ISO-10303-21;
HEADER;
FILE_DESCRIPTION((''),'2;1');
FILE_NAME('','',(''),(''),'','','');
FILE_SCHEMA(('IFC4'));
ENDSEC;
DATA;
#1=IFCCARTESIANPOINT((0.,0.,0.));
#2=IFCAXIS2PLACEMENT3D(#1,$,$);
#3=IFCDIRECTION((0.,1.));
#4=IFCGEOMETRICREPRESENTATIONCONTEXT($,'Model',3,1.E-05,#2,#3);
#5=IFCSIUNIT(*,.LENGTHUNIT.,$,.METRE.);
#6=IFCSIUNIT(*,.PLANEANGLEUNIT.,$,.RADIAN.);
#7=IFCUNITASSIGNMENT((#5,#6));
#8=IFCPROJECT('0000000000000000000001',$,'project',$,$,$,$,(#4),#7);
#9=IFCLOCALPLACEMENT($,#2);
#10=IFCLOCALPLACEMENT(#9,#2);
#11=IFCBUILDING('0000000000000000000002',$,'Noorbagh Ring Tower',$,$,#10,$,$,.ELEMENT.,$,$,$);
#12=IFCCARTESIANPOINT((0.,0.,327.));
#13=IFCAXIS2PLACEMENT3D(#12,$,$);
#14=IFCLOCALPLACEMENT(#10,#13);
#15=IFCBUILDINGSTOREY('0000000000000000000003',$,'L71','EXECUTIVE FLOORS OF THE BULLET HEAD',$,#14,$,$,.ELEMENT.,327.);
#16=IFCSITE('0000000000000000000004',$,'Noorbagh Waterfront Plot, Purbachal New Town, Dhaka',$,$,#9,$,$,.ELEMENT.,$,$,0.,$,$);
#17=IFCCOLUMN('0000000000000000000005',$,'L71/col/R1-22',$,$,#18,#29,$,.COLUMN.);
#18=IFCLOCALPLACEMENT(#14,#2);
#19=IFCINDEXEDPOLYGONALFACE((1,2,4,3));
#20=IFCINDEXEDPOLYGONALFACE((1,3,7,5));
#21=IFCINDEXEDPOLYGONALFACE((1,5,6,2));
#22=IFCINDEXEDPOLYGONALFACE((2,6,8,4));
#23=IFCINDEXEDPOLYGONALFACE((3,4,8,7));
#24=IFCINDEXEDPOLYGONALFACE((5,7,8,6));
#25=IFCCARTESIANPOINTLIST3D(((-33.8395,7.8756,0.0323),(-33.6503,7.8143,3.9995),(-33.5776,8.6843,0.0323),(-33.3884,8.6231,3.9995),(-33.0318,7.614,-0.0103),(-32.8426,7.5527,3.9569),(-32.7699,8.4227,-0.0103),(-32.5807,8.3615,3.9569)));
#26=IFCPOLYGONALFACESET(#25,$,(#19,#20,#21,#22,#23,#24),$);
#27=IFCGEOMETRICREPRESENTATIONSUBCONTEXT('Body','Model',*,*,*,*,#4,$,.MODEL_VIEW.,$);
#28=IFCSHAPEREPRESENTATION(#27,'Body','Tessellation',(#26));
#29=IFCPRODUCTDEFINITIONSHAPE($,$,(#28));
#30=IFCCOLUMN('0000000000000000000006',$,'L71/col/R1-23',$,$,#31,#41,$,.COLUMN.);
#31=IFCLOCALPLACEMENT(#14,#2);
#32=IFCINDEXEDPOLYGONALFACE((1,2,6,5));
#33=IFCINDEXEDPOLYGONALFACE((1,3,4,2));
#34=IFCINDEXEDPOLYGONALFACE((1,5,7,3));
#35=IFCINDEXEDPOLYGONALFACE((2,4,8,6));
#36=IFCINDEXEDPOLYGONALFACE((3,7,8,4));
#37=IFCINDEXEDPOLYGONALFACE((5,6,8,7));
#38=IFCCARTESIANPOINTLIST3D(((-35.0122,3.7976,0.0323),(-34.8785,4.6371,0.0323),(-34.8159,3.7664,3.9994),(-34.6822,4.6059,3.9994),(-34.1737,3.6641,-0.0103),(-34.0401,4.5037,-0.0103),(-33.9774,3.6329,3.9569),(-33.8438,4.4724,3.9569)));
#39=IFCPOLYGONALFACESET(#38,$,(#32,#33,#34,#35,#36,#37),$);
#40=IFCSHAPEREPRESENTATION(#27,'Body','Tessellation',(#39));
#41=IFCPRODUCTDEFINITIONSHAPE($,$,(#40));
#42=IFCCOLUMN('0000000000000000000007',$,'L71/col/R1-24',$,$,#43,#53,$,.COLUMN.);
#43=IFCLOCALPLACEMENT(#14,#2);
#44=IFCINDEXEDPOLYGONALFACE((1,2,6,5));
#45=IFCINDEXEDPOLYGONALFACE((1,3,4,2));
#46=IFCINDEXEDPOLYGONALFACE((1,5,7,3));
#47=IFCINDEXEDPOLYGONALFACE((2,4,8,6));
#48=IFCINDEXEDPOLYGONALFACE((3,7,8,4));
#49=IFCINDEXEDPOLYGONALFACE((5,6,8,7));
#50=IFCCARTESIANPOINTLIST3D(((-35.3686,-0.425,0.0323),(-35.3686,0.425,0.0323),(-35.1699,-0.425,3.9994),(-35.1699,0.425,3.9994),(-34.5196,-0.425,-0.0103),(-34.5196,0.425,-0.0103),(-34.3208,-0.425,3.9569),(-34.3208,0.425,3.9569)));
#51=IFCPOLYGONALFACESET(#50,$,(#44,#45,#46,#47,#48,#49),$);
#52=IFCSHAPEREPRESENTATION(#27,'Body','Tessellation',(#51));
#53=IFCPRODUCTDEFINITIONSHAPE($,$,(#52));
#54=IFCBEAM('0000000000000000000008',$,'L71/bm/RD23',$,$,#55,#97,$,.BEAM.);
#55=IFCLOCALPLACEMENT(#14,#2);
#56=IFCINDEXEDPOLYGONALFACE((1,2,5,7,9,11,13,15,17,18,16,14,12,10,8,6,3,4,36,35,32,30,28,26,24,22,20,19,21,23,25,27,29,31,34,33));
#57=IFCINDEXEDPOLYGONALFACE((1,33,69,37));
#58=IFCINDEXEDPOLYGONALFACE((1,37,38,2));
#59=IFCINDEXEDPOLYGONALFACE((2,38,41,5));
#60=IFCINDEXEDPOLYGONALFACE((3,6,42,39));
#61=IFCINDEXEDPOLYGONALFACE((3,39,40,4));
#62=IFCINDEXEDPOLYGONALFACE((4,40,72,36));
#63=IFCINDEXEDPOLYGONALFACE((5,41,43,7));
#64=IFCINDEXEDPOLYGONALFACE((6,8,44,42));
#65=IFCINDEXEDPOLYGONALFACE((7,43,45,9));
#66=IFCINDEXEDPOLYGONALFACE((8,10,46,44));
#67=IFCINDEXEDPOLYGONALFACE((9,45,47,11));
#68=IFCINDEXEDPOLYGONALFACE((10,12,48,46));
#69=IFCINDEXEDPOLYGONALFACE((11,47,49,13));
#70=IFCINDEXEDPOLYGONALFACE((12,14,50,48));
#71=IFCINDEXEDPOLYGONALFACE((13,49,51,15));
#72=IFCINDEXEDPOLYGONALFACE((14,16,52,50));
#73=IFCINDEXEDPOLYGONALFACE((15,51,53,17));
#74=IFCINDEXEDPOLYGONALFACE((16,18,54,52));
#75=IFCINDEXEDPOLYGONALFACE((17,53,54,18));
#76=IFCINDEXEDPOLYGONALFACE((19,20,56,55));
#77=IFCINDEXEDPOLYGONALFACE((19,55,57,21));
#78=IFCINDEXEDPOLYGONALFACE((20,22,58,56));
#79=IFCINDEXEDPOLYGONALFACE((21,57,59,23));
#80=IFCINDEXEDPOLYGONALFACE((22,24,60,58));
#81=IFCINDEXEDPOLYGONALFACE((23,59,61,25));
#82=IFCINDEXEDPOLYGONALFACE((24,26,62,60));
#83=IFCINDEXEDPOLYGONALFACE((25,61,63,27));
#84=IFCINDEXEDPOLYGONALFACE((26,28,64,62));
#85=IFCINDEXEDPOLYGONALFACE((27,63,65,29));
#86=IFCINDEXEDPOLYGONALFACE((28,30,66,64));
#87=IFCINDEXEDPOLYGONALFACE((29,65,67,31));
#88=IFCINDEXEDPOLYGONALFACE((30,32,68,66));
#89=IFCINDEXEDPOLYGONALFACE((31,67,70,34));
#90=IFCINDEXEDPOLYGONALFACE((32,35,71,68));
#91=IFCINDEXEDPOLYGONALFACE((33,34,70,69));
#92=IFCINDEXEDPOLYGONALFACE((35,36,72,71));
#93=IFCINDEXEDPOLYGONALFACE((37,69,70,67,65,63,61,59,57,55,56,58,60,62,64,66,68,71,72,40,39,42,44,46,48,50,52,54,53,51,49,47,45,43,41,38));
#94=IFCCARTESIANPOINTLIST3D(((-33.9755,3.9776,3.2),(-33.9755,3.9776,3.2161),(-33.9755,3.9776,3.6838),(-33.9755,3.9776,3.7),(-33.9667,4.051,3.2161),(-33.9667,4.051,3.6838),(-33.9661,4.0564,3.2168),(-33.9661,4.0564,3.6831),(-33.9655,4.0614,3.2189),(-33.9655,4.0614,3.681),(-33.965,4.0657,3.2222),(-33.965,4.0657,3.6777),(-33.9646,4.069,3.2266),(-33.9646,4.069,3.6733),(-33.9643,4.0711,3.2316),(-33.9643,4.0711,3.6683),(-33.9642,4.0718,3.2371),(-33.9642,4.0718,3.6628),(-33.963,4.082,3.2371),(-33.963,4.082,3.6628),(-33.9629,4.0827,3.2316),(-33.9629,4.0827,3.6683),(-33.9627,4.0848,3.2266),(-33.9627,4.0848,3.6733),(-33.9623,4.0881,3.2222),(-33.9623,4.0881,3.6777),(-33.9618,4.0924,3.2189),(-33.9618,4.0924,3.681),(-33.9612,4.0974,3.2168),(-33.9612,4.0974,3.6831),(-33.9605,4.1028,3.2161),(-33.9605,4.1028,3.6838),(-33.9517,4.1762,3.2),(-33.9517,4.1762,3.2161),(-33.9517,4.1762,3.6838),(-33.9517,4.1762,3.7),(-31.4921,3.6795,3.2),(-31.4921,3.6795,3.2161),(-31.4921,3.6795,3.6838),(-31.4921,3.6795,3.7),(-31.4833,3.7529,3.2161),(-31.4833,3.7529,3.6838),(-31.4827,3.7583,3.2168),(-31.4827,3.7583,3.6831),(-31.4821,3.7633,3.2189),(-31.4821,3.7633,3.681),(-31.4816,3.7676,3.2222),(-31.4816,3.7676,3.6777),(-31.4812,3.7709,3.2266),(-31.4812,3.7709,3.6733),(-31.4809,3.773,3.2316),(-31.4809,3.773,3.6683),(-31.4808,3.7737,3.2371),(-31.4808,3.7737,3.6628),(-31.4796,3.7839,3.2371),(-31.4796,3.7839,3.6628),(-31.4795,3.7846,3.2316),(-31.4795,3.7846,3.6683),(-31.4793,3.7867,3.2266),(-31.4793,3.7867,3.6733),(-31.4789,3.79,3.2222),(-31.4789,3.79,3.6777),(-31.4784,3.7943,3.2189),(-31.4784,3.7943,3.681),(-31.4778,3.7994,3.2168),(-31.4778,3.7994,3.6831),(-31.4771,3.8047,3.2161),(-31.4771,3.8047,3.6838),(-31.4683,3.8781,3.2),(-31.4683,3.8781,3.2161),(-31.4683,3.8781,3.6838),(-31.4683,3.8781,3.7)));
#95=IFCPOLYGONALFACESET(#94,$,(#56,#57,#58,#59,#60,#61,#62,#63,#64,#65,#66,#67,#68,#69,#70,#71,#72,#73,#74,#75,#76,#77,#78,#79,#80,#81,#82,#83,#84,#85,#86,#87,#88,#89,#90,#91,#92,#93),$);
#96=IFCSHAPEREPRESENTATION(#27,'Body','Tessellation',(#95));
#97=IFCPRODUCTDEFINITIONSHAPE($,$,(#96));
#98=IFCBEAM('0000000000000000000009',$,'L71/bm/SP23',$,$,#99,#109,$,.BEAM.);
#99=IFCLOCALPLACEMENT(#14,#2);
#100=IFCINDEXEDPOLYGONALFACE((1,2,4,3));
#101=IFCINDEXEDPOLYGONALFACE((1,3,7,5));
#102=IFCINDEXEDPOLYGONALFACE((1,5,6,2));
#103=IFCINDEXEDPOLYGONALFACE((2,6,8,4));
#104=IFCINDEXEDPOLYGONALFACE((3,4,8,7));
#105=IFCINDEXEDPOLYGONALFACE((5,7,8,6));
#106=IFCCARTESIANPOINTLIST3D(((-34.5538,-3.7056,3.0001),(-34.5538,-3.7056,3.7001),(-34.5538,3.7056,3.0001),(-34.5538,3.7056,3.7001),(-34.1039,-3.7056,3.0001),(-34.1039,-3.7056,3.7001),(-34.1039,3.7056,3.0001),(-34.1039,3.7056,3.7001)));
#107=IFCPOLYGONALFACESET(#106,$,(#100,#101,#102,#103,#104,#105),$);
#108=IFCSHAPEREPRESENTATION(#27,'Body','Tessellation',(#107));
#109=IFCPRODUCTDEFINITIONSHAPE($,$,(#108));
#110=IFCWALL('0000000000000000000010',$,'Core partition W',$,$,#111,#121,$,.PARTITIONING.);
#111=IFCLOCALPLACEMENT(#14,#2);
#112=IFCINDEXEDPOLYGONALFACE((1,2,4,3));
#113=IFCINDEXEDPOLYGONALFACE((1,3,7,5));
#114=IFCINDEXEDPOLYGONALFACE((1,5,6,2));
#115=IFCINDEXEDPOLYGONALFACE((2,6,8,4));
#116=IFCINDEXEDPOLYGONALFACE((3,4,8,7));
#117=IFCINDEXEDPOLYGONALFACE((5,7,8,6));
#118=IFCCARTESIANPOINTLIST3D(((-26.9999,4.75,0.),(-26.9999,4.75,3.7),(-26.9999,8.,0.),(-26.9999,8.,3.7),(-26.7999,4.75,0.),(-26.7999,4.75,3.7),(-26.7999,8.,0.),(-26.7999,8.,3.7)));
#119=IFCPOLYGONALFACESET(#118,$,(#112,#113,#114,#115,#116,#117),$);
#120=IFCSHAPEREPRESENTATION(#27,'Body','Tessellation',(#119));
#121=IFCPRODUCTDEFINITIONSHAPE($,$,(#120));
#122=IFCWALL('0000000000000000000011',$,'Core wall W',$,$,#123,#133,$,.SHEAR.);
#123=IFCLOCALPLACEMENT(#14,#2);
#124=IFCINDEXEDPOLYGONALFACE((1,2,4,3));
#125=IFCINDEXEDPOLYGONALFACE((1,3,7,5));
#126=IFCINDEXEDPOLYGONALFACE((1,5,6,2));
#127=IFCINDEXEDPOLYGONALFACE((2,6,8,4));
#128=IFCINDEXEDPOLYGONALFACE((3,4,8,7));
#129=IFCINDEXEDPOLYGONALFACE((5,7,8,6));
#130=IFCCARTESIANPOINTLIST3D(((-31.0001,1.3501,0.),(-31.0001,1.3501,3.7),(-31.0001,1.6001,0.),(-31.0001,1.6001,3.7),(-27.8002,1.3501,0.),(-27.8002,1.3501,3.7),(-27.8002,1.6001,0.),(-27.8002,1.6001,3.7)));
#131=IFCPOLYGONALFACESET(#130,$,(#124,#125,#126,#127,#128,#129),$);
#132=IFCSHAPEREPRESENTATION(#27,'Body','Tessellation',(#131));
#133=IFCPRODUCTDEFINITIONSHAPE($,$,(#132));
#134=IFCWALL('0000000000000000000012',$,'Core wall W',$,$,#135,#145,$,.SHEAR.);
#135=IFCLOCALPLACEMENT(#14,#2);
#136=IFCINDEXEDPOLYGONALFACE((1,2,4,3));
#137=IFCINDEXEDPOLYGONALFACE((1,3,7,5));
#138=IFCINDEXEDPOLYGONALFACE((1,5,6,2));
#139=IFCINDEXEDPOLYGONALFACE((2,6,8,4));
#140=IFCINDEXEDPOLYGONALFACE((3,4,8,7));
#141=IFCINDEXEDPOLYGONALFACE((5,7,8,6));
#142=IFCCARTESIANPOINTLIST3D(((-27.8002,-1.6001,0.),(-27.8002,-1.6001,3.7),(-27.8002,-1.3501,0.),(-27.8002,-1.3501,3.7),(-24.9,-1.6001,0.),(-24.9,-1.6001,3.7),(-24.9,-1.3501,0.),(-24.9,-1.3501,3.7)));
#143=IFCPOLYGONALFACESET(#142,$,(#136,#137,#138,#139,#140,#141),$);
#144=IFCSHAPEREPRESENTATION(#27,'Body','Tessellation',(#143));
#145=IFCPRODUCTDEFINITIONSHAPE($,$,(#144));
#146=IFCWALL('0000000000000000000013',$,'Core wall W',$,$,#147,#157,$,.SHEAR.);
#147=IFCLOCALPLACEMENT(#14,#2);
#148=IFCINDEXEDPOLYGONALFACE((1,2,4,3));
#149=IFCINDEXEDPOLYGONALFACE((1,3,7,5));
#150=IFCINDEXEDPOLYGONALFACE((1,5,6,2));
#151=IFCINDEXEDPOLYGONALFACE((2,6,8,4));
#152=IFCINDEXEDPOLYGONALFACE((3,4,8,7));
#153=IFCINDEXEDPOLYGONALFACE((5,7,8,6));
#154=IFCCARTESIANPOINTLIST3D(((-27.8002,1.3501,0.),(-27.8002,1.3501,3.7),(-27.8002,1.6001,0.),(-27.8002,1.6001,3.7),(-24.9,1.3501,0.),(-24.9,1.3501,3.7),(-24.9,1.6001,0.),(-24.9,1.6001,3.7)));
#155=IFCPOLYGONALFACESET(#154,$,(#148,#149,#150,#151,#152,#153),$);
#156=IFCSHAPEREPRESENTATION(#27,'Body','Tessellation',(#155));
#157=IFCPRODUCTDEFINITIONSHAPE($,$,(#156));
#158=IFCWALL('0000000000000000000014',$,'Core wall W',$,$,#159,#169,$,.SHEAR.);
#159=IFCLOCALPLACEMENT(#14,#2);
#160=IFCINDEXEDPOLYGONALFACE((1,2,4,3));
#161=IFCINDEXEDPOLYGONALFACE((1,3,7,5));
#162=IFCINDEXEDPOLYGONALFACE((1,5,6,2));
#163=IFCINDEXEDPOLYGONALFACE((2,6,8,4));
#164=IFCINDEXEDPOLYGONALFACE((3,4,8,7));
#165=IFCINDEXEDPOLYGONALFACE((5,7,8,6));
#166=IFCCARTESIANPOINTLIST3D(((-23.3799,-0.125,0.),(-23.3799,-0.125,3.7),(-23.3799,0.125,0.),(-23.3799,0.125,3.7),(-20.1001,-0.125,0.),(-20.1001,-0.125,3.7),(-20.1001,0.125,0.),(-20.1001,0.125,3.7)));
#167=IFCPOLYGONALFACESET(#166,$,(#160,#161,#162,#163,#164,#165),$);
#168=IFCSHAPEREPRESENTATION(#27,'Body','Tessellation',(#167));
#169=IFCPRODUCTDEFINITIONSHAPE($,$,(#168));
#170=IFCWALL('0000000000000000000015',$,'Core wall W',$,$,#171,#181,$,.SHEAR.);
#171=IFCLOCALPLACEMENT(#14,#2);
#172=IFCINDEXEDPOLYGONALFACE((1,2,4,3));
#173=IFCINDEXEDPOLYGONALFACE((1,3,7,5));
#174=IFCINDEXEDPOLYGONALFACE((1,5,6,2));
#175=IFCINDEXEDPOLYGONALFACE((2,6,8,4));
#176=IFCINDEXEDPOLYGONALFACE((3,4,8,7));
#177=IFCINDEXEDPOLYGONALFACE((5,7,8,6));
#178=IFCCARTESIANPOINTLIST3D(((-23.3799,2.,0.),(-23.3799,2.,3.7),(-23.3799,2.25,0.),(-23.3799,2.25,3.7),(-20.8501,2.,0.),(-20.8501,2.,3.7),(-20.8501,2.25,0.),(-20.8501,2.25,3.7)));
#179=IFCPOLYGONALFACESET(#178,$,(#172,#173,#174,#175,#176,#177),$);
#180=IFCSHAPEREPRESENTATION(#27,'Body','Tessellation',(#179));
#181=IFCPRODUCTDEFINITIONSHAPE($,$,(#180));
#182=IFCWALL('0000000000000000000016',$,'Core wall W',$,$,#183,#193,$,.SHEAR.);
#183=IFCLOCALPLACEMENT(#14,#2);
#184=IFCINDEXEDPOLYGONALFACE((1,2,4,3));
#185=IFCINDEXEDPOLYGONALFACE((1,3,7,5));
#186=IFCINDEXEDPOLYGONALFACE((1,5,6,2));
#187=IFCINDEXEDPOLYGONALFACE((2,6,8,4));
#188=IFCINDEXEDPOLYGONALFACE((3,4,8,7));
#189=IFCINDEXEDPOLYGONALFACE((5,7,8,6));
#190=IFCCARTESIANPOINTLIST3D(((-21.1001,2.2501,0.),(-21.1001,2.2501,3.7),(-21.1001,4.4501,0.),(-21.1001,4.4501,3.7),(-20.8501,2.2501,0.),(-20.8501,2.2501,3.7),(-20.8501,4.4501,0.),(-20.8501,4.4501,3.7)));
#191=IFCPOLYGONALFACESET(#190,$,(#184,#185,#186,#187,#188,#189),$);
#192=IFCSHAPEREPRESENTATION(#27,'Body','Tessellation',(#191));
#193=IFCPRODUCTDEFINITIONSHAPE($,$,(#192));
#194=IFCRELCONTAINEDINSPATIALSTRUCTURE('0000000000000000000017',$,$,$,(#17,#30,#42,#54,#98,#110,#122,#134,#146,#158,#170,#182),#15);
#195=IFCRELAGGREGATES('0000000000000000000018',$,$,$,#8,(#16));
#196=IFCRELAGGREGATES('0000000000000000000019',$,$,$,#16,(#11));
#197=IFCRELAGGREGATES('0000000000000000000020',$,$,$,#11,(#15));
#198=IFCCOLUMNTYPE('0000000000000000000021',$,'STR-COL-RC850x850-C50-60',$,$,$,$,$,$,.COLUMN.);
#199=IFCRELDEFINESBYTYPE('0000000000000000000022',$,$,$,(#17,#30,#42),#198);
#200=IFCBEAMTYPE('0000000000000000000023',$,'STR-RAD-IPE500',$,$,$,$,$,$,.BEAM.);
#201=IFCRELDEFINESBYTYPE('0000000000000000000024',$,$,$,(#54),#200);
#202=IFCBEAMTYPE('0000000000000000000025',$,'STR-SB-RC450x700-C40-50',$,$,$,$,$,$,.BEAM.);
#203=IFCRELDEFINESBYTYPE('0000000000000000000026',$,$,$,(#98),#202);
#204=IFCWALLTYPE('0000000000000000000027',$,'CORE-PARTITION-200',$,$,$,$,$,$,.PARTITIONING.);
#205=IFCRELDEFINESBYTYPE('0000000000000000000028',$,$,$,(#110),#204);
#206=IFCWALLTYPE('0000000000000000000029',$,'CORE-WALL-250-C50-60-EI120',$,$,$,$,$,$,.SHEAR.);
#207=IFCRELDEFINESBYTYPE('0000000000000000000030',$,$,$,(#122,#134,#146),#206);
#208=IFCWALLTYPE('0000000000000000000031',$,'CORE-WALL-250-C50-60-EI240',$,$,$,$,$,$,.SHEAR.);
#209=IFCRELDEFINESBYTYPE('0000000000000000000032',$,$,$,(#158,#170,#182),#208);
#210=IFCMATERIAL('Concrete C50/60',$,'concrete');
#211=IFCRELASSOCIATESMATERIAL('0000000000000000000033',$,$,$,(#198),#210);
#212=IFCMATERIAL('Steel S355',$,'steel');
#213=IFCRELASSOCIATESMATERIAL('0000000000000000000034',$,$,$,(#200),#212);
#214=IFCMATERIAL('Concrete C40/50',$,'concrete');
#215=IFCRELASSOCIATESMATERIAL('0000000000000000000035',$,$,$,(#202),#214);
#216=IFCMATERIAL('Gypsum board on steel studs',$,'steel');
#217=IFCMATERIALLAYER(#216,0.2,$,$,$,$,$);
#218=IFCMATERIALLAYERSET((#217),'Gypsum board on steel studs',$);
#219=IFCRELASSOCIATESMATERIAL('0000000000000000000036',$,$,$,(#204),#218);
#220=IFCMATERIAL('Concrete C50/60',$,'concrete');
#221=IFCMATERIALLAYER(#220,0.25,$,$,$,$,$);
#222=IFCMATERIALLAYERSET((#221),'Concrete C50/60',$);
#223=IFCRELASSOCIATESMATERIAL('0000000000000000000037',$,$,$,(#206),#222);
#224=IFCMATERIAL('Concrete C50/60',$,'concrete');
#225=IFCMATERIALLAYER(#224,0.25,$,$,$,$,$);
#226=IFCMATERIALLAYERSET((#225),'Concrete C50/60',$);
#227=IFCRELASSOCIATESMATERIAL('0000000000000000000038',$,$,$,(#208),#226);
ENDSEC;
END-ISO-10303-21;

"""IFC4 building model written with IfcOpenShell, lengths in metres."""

from ifc_helpers import new_model, si_unit, direction, frame, frame_2d, origin, origin_2d, place, context, subcontext, project, spatial, rectangle, i_section, extrude, material, layer, layer_set, material_profile, profile_set, type_object, element, save


model = new_model("IFC4")

# Units and contexts
model_context = context("Model", 3, precision=1e-05, world=origin(), true_north=direction((0.0, 1.0)))
body_context = subcontext(model_context, "Body", "Model", "MODEL_VIEW")
ifc_project = project(units=[si_unit("LENGTHUNIT", "METRE"), si_unit("PLANEANGLEUNIT", "RADIAN")], contexts=[model_context])

# Site, building, storey
site_placement = place(None, origin())
site = spatial("IfcSite", under=ifc_project, at=site_placement, Name="Noorbagh Waterfront Plot, Purbachal New Town, Dhaka", CompositionType="ELEMENT", RefElevation=0.0)
building_placement = place(site_placement, origin())
building = spatial("IfcBuilding", under=site, at=building_placement, Name="Noorbagh Ring Tower", CompositionType="ELEMENT")
storey_placement = place(building_placement, frame((0.0, 0.0, 327.0)))
storey = spatial("IfcBuildingStorey", under=building, at=storey_placement, Name="L71", Description="EXECUTIVE FLOORS OF THE BULLET HEAD", CompositionType="ELEMENT", Elevation=327.0)

# Columns
ifc_material_1 = material(Name="Concrete C50/60", Category="concrete")
ifc_material_profile_1 = material_profile(ifc_material_1, rectangle(XDim=0.8501, YDim=0.8501, at=origin_2d()), Name="RC850x850")
ifc_profile_set_1 = profile_set([ifc_material_profile_1], Name="Concrete C50/60")
column_type = type_object("IfcColumnType", Name="STR-COL-RC850x850-C50-60", PredefinedType="COLUMN", material=ifc_profile_set_1)
for number, where, z_axis, x_axis, name in (
    (1, (-33.3047, 8.1492, 0.011), (0.047632, -0.015427, 0.998746), (0.308114, 0.951349, 0.0), "L71/col/R1-22"),
    (2, (-34.5261, 4.1506, 0.011), (0.049415, -0.007867, 0.998747), (0.157224, 0.987563, 0.0), "L71/col/R1-23"),
    (3, (-34.9441, 0.0, 0.011), (0.05003, 0.0, 0.998748), (0.0, 1.0, 0.0), "L71/col/R1-24"),
):
    element("IfcColumn", number, at=place(storey_placement, frame(where, z_axis=z_axis, x_axis=x_axis)), inside=storey, type_object=column_type, Name=name, PredefinedType="COLUMN", context=body_context, shape_type="SweptSolid", body=[
        extrude(rectangle(XDim=0.8501, YDim=0.8501, at=origin_2d()), origin(), (0.0, 0.0, 1.0), 3.9722),
    ])

# Beams
ifc_material_2 = material(Name="Steel S355", Category="steel")
ifc_material_profile_2 = material_profile(ifc_material_2, i_section(OverallWidth=0.2, OverallDepth=0.5, WebThickness=0.0103, FlangeThickness=0.0161, FilletRadius=0.021, at=origin_2d()), Name="IPE500")
ifc_profile_set_2 = profile_set([ifc_material_profile_2], Name="Steel S355")
beam_type_1 = type_object("IfcBeamType", Name="STR-RAD-IPE500", PredefinedType="BEAM", material=ifc_profile_set_2)
beam_1_placement = place(storey_placement, frame((-33.9636, 4.0769, 3.45), z_axis=(0.992873, -0.11918, 0.0), x_axis=(0.11918, 0.992873, 0.0)))
element("IfcBeam", 4, at=beam_1_placement, inside=storey, type_object=beam_type_1, Name="L71/bm/RD23", PredefinedType="BEAM", context=body_context, shape_type="SweptSolid", body=[
    extrude(i_section(OverallWidth=0.2, OverallDepth=0.5, WebThickness=0.0103, FlangeThickness=0.0161, FilletRadius=0.021, at=origin_2d()), origin(), (0.0, 0.0, 1.0), 2.5012),
])
ifc_material_3 = material(Name="Concrete C40/50", Category="concrete")
ifc_material_profile_3 = material_profile(ifc_material_3, rectangle(XDim=0.45, YDim=0.7, at=origin_2d()), Name="RC450x700")
ifc_profile_set_3 = profile_set([ifc_material_profile_3], Name="Concrete C40/50")
beam_type_2 = type_object("IfcBeamType", Name="STR-SB-RC450x700-C40-50", PredefinedType="BEAM", material=ifc_profile_set_3)
beam_2_placement = place(storey_placement, frame((-34.3289, 3.7056, 3.3501), z_axis=(0.0, -1.0, 0.0), x_axis=(1.0, 0.0, 0.0)))
element("IfcBeam", 5, at=beam_2_placement, inside=storey, type_object=beam_type_2, Name="L71/bm/SP23", PredefinedType="BEAM", context=body_context, shape_type="SweptSolid", body=[
    extrude(rectangle(XDim=0.45, YDim=0.7, at=origin_2d()), origin(), (0.0, 0.0, 1.0), 7.4111),
])

# Walls
ifc_material_4 = material(Name="Gypsum board on steel studs", Category="steel")
ifc_layer_1 = layer(ifc_material_4, 0.2)
ifc_layer_set_1 = layer_set([ifc_layer_1], Name="Gypsum board on steel studs")
wall_type_1 = type_object("IfcWallType", Name="CORE-PARTITION-200", PredefinedType="PARTITIONING", material=ifc_layer_set_1)
wall_1_placement = place(storey_placement, frame((-26.8999, 4.75, 0.0), z_axis=(0.0, 0.0, 1.0), x_axis=(0.0, 1.0, 0.0)))
element("IfcWall", 6, at=wall_1_placement, inside=storey, type_object=wall_type_1, Name="Core partition W", PredefinedType="PARTITIONING", context=body_context, shape_type="SweptSolid", body=[
    extrude(rectangle(XDim=3.25, YDim=0.2, at=frame_2d((1.625, 0.0))), origin(), (0.0, 0.0, 1.0), 3.7),
])
ifc_material_5 = material(Name="Concrete C50/60", Category="concrete")
ifc_layer_2 = layer(ifc_material_5, 0.25)
ifc_layer_set_2 = layer_set([ifc_layer_2], Name="Concrete C50/60")
wall_type_2 = type_object("IfcWallType", Name="CORE-WALL-250-C50-60-EI120", PredefinedType="SHEAR", material=ifc_layer_set_2)
wall_2_placement = place(storey_placement, frame((-27.8, 1.4751, 0.0), z_axis=(0.0, 0.0, 1.0), x_axis=(-1.0, 0.0, 0.0)))
element("IfcWall", 7, at=wall_2_placement, inside=storey, type_object=wall_type_2, Name="Core wall W", PredefinedType="SHEAR", context=body_context, shape_type="SweptSolid", body=[
    extrude(rectangle(XDim=3.2, YDim=0.25, at=frame_2d((1.6001, 0.0))), origin(), (0.0, 0.0, 1.0), 3.7),
])
for number, where, z_axis, x_axis, name in (
    (8, (-24.8999, -1.4751, 0.0), (0.0, 0.0, 1.0), (-1.0, 0.0, 0.0), "Core wall W"),
    (9, (-24.8999, 1.4751, 0.0), (0.0, 0.0, 1.0), (-1.0, 0.0, 0.0), "Core wall W"),
):
    element("IfcWall", number, at=place(storey_placement, frame(where, z_axis=z_axis, x_axis=x_axis)), inside=storey, type_object=wall_type_2, Name=name, PredefinedType="SHEAR", context=body_context, shape_type="SweptSolid", body=[
        extrude(rectangle(XDim=2.9001, YDim=0.25, at=frame_2d((1.4502, 0.0))), origin(), (0.0, 0.0, 1.0), 3.7),
    ])
ifc_material_6 = material(Name="Concrete C50/60", Category="concrete")
ifc_layer_3 = layer(ifc_material_6, 0.25)
ifc_layer_set_3 = layer_set([ifc_layer_3], Name="Concrete C50/60")
wall_type_3 = type_object("IfcWallType", Name="CORE-WALL-250-C50-60-EI240", PredefinedType="SHEAR", material=ifc_layer_set_3)
wall_3_placement = place(storey_placement, frame((-20.1001, 0.0, 0.0), z_axis=(0.0, 0.0, 1.0), x_axis=(-1.0, 0.0, 0.0)))
element("IfcWall", 10, at=wall_3_placement, inside=storey, type_object=wall_type_3, Name="Core wall W", PredefinedType="SHEAR", context=body_context, shape_type="SweptSolid", body=[
    extrude(rectangle(XDim=3.2798, YDim=0.25, at=frame_2d((1.6399, 0.0))), origin(), (0.0, 0.0, 1.0), 3.7),
])
wall_4_placement = place(storey_placement, frame((-20.8501, 2.125, 0.0), z_axis=(0.0, 0.0, 1.0), x_axis=(-1.0, 0.0, 0.0)))
element("IfcWall", 11, at=wall_4_placement, inside=storey, type_object=wall_type_3, Name="Core wall W", PredefinedType="SHEAR", context=body_context, shape_type="SweptSolid", body=[
    extrude(rectangle(XDim=2.5298, YDim=0.25, at=frame_2d((1.2649, 0.0))), origin(), (0.0, 0.0, 1.0), 3.7),
])
wall_5_placement = place(storey_placement, frame((-20.9751, 2.25, 0.0), z_axis=(0.0, 0.0, 1.0), x_axis=(0.0, 1.0, 0.0)))
element("IfcWall", 12, at=wall_5_placement, inside=storey, type_object=wall_type_3, Name="Core wall W", PredefinedType="SHEAR", context=body_context, shape_type="SweptSolid", body=[
    extrude(rectangle(XDim=2.2, YDim=0.25, at=frame_2d((1.1001, 0.0))), origin(), (0.0, 0.0, 1.0), 3.7),
])

save(model, "model.ifc")
